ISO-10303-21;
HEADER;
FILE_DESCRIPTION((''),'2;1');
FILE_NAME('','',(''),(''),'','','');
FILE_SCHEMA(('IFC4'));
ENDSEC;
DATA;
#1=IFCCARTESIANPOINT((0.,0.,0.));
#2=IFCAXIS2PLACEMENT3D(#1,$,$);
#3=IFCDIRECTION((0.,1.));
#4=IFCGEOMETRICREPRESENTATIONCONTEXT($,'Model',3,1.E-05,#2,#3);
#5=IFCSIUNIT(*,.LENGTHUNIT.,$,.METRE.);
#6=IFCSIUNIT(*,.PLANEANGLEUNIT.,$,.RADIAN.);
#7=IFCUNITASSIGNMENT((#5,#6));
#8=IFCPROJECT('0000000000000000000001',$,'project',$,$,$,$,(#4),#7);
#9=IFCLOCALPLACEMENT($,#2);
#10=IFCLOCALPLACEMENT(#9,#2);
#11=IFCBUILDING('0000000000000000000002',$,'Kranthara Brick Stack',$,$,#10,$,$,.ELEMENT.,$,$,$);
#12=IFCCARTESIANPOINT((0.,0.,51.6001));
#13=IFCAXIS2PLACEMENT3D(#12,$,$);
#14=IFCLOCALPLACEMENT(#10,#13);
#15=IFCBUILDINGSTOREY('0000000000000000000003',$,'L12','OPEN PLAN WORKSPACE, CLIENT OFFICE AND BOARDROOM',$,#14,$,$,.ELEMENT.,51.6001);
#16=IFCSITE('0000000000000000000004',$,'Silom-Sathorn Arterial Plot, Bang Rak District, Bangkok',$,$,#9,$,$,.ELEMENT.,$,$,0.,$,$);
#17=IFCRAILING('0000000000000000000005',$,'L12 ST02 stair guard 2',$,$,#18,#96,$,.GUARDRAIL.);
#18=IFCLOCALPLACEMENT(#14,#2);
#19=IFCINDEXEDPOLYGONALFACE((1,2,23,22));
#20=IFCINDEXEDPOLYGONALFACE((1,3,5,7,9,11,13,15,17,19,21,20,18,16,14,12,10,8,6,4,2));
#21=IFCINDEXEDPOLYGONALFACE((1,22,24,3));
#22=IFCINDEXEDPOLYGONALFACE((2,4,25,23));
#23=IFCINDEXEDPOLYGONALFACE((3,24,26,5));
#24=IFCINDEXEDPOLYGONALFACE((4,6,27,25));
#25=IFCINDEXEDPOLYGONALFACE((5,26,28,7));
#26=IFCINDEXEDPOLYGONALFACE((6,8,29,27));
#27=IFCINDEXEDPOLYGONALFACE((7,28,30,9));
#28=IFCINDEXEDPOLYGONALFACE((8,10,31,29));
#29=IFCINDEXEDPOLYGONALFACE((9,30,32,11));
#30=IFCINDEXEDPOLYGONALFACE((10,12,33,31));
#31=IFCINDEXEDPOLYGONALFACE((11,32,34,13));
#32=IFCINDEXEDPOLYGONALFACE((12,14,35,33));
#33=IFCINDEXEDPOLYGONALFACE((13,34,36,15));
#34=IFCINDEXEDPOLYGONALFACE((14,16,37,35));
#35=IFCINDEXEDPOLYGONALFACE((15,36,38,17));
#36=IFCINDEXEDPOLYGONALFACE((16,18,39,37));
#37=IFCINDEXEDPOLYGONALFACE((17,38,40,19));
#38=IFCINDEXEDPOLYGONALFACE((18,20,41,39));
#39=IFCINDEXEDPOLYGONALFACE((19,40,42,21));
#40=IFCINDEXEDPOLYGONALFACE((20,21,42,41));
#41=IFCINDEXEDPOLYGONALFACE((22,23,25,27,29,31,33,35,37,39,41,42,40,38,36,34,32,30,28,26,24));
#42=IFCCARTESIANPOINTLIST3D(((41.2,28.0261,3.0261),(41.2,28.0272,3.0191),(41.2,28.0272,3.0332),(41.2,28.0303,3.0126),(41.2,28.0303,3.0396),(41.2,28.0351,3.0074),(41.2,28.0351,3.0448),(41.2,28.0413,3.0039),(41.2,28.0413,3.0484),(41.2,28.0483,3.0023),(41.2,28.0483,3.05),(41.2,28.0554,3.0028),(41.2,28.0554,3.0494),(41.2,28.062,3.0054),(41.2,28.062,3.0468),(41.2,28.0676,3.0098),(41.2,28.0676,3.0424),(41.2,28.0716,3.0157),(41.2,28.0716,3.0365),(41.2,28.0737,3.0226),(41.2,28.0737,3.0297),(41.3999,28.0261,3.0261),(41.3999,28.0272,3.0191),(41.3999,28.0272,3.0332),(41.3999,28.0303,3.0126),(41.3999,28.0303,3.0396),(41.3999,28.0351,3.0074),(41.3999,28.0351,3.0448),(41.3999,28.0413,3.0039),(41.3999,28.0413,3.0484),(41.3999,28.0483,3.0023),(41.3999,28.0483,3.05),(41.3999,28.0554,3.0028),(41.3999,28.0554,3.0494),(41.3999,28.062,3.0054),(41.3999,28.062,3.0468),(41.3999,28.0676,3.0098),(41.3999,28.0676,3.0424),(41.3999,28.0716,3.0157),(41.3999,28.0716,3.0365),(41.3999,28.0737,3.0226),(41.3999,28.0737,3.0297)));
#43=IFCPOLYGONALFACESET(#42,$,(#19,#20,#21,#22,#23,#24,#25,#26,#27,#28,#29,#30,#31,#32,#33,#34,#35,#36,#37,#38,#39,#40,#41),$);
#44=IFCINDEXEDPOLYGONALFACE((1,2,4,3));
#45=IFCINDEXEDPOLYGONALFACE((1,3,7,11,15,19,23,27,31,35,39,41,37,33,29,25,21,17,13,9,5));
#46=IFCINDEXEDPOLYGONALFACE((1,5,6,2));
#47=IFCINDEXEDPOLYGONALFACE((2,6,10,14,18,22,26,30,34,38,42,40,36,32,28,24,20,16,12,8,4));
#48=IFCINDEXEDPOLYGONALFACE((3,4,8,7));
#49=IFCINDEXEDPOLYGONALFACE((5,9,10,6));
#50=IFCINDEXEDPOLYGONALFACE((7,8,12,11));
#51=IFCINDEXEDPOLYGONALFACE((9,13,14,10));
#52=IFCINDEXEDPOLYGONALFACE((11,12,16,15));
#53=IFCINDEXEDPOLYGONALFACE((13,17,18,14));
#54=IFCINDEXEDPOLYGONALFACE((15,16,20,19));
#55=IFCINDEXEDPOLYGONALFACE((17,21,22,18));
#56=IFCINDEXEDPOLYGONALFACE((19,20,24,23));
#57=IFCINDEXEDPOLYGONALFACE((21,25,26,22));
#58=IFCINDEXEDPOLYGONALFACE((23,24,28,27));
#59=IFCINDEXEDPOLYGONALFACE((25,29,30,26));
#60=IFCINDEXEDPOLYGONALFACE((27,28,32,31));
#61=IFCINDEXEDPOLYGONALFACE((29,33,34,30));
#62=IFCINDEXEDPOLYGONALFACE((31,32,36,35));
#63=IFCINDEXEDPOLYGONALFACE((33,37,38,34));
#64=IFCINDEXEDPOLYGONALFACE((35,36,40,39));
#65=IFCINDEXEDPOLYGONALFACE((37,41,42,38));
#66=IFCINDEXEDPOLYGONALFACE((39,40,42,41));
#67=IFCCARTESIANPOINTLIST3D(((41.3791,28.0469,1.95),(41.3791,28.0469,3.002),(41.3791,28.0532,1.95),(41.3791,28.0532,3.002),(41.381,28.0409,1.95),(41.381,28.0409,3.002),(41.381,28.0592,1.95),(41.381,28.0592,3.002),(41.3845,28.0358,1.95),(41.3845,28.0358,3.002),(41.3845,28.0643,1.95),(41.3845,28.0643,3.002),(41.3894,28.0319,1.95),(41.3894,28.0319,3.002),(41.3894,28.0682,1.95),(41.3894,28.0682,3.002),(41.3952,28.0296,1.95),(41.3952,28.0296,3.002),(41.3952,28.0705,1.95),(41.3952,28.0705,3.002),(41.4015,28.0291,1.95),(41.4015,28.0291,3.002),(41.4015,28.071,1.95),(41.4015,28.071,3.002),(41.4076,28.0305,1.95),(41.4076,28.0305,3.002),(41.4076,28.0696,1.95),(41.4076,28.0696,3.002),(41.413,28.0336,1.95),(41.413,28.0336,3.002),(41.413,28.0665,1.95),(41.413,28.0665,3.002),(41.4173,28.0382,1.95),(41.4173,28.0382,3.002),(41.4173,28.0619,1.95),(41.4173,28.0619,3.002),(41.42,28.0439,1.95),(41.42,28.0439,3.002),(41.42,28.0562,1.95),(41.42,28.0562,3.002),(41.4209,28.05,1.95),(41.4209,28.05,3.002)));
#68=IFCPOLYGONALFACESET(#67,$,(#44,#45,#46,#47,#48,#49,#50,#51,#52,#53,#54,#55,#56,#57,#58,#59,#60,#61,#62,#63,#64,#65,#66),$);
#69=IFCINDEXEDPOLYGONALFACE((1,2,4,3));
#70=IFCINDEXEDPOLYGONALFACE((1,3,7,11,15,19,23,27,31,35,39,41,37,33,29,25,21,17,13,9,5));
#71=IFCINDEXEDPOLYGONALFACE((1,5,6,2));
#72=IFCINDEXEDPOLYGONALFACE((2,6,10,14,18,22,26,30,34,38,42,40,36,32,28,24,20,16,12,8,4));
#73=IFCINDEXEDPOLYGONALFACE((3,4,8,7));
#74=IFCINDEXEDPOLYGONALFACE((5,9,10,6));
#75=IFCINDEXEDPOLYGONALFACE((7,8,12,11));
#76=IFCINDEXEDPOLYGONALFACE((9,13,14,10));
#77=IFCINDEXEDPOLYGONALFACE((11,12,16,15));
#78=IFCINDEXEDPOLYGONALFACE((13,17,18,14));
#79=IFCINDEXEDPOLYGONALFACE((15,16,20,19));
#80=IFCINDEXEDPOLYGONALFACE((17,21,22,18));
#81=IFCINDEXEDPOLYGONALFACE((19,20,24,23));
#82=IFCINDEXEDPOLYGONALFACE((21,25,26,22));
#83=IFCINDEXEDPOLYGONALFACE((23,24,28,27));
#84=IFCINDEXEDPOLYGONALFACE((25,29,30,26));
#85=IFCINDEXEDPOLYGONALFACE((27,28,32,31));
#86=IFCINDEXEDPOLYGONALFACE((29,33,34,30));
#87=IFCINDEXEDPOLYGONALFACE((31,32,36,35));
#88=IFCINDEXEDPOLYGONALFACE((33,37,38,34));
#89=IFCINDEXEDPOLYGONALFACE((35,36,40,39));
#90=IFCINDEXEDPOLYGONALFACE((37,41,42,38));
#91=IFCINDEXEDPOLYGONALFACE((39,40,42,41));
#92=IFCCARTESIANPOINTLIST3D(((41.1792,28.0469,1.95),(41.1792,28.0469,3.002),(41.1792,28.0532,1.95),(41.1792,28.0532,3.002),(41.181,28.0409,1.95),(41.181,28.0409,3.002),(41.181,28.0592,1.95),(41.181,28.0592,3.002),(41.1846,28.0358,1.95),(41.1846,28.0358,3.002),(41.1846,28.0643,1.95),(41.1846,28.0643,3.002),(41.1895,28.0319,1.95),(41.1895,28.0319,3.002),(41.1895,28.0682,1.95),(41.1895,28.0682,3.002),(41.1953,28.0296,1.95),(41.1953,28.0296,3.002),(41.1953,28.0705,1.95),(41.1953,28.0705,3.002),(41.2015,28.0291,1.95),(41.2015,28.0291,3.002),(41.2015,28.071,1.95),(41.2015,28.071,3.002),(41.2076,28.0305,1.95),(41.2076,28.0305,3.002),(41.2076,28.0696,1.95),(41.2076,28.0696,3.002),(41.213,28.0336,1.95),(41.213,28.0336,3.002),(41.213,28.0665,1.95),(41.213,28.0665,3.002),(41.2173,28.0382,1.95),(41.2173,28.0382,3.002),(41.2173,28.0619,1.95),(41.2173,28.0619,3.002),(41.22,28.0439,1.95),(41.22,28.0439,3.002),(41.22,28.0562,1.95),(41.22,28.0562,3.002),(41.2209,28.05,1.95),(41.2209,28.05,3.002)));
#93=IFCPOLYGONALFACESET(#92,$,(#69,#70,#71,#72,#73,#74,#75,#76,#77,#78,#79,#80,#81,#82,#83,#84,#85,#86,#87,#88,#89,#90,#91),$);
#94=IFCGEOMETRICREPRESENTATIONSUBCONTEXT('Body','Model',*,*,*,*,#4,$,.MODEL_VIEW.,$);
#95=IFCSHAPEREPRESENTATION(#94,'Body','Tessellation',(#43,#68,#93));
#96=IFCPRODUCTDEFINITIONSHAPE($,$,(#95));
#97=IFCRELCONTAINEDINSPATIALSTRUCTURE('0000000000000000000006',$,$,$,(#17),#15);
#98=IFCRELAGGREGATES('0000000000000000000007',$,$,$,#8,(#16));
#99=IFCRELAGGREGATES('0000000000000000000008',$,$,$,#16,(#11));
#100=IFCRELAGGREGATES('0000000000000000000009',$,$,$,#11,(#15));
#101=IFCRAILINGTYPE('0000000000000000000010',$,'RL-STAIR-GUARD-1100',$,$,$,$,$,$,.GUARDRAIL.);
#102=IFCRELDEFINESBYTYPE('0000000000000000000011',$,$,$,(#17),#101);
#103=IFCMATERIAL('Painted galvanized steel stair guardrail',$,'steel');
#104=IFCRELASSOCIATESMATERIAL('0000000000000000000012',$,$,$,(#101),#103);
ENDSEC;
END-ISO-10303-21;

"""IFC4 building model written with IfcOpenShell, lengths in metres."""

from ifc_helpers import new_model, si_unit, direction, frame, origin, origin_2d, place, context, subcontext, project, spatial, circle, extrude, material, type_object, element, save


model = new_model("IFC4")

# Units and contexts
model_context = context("Model", 3, precision=1e-05, world=origin(), true_north=direction((0.0, 1.0)))
body_context = subcontext(model_context, "Body", "Model", "MODEL_VIEW")
ifc_project = project(units=[si_unit("LENGTHUNIT", "METRE"), si_unit("PLANEANGLEUNIT", "RADIAN")], contexts=[model_context])

# Site, building, storey
site_placement = place(None, origin())
site = spatial("IfcSite", under=ifc_project, at=site_placement, Name="Silom-Sathorn Arterial Plot, Bang Rak District, Bangkok", CompositionType="ELEMENT", RefElevation=0.0)
building_placement = place(site_placement, origin())
building = spatial("IfcBuilding", under=site, at=building_placement, Name="Kranthara Brick Stack", CompositionType="ELEMENT")
storey_placement = place(building_placement, frame((0.0, 0.0, 51.6001)))
storey = spatial("IfcBuildingStorey", under=building, at=storey_placement, Name="L12", Description="OPEN PLAN WORKSPACE, CLIENT OFFICE AND BOARDROOM", CompositionType="ELEMENT", Elevation=51.6001)

# Railing
ifc_material_1 = material(Name="Painted galvanized steel stair guardrail", Category="steel")
railing_type_1 = type_object("IfcRailingType", Name="RL-STAIR-GUARD-1100", PredefinedType="GUARDRAIL", material=ifc_material_1)
railing_1_placement = place(storey_placement, frame((41.3999, 28.05, 1.95)))
element("IfcRailing", 1, at=railing_1_placement, inside=storey, type_object=railing_type_1, Name="L12 ST02 stair guard 2", PredefinedType="GUARDRAIL", context=body_context, shape_type="SweptSolid", body=[
    extrude(circle(Radius=0.0239, at=origin_2d()), frame((0.0, 0.0, 1.0762), z_axis=(-1.0, 0.0, 0.0), x_axis=(0.0, -1.0, 0.0)), (0.0, 0.0, 1.0), 0.2),
    extrude(circle(Radius=0.021, at=origin_2d()), origin(), (0.0, 0.0, 1.0), 1.052),
    extrude(circle(Radius=0.021, at=origin_2d()), frame((-0.2, 0.0, 0.0)), (0.0, 0.0, 1.0), 1.052),
])

save(model, "model.ifc")
